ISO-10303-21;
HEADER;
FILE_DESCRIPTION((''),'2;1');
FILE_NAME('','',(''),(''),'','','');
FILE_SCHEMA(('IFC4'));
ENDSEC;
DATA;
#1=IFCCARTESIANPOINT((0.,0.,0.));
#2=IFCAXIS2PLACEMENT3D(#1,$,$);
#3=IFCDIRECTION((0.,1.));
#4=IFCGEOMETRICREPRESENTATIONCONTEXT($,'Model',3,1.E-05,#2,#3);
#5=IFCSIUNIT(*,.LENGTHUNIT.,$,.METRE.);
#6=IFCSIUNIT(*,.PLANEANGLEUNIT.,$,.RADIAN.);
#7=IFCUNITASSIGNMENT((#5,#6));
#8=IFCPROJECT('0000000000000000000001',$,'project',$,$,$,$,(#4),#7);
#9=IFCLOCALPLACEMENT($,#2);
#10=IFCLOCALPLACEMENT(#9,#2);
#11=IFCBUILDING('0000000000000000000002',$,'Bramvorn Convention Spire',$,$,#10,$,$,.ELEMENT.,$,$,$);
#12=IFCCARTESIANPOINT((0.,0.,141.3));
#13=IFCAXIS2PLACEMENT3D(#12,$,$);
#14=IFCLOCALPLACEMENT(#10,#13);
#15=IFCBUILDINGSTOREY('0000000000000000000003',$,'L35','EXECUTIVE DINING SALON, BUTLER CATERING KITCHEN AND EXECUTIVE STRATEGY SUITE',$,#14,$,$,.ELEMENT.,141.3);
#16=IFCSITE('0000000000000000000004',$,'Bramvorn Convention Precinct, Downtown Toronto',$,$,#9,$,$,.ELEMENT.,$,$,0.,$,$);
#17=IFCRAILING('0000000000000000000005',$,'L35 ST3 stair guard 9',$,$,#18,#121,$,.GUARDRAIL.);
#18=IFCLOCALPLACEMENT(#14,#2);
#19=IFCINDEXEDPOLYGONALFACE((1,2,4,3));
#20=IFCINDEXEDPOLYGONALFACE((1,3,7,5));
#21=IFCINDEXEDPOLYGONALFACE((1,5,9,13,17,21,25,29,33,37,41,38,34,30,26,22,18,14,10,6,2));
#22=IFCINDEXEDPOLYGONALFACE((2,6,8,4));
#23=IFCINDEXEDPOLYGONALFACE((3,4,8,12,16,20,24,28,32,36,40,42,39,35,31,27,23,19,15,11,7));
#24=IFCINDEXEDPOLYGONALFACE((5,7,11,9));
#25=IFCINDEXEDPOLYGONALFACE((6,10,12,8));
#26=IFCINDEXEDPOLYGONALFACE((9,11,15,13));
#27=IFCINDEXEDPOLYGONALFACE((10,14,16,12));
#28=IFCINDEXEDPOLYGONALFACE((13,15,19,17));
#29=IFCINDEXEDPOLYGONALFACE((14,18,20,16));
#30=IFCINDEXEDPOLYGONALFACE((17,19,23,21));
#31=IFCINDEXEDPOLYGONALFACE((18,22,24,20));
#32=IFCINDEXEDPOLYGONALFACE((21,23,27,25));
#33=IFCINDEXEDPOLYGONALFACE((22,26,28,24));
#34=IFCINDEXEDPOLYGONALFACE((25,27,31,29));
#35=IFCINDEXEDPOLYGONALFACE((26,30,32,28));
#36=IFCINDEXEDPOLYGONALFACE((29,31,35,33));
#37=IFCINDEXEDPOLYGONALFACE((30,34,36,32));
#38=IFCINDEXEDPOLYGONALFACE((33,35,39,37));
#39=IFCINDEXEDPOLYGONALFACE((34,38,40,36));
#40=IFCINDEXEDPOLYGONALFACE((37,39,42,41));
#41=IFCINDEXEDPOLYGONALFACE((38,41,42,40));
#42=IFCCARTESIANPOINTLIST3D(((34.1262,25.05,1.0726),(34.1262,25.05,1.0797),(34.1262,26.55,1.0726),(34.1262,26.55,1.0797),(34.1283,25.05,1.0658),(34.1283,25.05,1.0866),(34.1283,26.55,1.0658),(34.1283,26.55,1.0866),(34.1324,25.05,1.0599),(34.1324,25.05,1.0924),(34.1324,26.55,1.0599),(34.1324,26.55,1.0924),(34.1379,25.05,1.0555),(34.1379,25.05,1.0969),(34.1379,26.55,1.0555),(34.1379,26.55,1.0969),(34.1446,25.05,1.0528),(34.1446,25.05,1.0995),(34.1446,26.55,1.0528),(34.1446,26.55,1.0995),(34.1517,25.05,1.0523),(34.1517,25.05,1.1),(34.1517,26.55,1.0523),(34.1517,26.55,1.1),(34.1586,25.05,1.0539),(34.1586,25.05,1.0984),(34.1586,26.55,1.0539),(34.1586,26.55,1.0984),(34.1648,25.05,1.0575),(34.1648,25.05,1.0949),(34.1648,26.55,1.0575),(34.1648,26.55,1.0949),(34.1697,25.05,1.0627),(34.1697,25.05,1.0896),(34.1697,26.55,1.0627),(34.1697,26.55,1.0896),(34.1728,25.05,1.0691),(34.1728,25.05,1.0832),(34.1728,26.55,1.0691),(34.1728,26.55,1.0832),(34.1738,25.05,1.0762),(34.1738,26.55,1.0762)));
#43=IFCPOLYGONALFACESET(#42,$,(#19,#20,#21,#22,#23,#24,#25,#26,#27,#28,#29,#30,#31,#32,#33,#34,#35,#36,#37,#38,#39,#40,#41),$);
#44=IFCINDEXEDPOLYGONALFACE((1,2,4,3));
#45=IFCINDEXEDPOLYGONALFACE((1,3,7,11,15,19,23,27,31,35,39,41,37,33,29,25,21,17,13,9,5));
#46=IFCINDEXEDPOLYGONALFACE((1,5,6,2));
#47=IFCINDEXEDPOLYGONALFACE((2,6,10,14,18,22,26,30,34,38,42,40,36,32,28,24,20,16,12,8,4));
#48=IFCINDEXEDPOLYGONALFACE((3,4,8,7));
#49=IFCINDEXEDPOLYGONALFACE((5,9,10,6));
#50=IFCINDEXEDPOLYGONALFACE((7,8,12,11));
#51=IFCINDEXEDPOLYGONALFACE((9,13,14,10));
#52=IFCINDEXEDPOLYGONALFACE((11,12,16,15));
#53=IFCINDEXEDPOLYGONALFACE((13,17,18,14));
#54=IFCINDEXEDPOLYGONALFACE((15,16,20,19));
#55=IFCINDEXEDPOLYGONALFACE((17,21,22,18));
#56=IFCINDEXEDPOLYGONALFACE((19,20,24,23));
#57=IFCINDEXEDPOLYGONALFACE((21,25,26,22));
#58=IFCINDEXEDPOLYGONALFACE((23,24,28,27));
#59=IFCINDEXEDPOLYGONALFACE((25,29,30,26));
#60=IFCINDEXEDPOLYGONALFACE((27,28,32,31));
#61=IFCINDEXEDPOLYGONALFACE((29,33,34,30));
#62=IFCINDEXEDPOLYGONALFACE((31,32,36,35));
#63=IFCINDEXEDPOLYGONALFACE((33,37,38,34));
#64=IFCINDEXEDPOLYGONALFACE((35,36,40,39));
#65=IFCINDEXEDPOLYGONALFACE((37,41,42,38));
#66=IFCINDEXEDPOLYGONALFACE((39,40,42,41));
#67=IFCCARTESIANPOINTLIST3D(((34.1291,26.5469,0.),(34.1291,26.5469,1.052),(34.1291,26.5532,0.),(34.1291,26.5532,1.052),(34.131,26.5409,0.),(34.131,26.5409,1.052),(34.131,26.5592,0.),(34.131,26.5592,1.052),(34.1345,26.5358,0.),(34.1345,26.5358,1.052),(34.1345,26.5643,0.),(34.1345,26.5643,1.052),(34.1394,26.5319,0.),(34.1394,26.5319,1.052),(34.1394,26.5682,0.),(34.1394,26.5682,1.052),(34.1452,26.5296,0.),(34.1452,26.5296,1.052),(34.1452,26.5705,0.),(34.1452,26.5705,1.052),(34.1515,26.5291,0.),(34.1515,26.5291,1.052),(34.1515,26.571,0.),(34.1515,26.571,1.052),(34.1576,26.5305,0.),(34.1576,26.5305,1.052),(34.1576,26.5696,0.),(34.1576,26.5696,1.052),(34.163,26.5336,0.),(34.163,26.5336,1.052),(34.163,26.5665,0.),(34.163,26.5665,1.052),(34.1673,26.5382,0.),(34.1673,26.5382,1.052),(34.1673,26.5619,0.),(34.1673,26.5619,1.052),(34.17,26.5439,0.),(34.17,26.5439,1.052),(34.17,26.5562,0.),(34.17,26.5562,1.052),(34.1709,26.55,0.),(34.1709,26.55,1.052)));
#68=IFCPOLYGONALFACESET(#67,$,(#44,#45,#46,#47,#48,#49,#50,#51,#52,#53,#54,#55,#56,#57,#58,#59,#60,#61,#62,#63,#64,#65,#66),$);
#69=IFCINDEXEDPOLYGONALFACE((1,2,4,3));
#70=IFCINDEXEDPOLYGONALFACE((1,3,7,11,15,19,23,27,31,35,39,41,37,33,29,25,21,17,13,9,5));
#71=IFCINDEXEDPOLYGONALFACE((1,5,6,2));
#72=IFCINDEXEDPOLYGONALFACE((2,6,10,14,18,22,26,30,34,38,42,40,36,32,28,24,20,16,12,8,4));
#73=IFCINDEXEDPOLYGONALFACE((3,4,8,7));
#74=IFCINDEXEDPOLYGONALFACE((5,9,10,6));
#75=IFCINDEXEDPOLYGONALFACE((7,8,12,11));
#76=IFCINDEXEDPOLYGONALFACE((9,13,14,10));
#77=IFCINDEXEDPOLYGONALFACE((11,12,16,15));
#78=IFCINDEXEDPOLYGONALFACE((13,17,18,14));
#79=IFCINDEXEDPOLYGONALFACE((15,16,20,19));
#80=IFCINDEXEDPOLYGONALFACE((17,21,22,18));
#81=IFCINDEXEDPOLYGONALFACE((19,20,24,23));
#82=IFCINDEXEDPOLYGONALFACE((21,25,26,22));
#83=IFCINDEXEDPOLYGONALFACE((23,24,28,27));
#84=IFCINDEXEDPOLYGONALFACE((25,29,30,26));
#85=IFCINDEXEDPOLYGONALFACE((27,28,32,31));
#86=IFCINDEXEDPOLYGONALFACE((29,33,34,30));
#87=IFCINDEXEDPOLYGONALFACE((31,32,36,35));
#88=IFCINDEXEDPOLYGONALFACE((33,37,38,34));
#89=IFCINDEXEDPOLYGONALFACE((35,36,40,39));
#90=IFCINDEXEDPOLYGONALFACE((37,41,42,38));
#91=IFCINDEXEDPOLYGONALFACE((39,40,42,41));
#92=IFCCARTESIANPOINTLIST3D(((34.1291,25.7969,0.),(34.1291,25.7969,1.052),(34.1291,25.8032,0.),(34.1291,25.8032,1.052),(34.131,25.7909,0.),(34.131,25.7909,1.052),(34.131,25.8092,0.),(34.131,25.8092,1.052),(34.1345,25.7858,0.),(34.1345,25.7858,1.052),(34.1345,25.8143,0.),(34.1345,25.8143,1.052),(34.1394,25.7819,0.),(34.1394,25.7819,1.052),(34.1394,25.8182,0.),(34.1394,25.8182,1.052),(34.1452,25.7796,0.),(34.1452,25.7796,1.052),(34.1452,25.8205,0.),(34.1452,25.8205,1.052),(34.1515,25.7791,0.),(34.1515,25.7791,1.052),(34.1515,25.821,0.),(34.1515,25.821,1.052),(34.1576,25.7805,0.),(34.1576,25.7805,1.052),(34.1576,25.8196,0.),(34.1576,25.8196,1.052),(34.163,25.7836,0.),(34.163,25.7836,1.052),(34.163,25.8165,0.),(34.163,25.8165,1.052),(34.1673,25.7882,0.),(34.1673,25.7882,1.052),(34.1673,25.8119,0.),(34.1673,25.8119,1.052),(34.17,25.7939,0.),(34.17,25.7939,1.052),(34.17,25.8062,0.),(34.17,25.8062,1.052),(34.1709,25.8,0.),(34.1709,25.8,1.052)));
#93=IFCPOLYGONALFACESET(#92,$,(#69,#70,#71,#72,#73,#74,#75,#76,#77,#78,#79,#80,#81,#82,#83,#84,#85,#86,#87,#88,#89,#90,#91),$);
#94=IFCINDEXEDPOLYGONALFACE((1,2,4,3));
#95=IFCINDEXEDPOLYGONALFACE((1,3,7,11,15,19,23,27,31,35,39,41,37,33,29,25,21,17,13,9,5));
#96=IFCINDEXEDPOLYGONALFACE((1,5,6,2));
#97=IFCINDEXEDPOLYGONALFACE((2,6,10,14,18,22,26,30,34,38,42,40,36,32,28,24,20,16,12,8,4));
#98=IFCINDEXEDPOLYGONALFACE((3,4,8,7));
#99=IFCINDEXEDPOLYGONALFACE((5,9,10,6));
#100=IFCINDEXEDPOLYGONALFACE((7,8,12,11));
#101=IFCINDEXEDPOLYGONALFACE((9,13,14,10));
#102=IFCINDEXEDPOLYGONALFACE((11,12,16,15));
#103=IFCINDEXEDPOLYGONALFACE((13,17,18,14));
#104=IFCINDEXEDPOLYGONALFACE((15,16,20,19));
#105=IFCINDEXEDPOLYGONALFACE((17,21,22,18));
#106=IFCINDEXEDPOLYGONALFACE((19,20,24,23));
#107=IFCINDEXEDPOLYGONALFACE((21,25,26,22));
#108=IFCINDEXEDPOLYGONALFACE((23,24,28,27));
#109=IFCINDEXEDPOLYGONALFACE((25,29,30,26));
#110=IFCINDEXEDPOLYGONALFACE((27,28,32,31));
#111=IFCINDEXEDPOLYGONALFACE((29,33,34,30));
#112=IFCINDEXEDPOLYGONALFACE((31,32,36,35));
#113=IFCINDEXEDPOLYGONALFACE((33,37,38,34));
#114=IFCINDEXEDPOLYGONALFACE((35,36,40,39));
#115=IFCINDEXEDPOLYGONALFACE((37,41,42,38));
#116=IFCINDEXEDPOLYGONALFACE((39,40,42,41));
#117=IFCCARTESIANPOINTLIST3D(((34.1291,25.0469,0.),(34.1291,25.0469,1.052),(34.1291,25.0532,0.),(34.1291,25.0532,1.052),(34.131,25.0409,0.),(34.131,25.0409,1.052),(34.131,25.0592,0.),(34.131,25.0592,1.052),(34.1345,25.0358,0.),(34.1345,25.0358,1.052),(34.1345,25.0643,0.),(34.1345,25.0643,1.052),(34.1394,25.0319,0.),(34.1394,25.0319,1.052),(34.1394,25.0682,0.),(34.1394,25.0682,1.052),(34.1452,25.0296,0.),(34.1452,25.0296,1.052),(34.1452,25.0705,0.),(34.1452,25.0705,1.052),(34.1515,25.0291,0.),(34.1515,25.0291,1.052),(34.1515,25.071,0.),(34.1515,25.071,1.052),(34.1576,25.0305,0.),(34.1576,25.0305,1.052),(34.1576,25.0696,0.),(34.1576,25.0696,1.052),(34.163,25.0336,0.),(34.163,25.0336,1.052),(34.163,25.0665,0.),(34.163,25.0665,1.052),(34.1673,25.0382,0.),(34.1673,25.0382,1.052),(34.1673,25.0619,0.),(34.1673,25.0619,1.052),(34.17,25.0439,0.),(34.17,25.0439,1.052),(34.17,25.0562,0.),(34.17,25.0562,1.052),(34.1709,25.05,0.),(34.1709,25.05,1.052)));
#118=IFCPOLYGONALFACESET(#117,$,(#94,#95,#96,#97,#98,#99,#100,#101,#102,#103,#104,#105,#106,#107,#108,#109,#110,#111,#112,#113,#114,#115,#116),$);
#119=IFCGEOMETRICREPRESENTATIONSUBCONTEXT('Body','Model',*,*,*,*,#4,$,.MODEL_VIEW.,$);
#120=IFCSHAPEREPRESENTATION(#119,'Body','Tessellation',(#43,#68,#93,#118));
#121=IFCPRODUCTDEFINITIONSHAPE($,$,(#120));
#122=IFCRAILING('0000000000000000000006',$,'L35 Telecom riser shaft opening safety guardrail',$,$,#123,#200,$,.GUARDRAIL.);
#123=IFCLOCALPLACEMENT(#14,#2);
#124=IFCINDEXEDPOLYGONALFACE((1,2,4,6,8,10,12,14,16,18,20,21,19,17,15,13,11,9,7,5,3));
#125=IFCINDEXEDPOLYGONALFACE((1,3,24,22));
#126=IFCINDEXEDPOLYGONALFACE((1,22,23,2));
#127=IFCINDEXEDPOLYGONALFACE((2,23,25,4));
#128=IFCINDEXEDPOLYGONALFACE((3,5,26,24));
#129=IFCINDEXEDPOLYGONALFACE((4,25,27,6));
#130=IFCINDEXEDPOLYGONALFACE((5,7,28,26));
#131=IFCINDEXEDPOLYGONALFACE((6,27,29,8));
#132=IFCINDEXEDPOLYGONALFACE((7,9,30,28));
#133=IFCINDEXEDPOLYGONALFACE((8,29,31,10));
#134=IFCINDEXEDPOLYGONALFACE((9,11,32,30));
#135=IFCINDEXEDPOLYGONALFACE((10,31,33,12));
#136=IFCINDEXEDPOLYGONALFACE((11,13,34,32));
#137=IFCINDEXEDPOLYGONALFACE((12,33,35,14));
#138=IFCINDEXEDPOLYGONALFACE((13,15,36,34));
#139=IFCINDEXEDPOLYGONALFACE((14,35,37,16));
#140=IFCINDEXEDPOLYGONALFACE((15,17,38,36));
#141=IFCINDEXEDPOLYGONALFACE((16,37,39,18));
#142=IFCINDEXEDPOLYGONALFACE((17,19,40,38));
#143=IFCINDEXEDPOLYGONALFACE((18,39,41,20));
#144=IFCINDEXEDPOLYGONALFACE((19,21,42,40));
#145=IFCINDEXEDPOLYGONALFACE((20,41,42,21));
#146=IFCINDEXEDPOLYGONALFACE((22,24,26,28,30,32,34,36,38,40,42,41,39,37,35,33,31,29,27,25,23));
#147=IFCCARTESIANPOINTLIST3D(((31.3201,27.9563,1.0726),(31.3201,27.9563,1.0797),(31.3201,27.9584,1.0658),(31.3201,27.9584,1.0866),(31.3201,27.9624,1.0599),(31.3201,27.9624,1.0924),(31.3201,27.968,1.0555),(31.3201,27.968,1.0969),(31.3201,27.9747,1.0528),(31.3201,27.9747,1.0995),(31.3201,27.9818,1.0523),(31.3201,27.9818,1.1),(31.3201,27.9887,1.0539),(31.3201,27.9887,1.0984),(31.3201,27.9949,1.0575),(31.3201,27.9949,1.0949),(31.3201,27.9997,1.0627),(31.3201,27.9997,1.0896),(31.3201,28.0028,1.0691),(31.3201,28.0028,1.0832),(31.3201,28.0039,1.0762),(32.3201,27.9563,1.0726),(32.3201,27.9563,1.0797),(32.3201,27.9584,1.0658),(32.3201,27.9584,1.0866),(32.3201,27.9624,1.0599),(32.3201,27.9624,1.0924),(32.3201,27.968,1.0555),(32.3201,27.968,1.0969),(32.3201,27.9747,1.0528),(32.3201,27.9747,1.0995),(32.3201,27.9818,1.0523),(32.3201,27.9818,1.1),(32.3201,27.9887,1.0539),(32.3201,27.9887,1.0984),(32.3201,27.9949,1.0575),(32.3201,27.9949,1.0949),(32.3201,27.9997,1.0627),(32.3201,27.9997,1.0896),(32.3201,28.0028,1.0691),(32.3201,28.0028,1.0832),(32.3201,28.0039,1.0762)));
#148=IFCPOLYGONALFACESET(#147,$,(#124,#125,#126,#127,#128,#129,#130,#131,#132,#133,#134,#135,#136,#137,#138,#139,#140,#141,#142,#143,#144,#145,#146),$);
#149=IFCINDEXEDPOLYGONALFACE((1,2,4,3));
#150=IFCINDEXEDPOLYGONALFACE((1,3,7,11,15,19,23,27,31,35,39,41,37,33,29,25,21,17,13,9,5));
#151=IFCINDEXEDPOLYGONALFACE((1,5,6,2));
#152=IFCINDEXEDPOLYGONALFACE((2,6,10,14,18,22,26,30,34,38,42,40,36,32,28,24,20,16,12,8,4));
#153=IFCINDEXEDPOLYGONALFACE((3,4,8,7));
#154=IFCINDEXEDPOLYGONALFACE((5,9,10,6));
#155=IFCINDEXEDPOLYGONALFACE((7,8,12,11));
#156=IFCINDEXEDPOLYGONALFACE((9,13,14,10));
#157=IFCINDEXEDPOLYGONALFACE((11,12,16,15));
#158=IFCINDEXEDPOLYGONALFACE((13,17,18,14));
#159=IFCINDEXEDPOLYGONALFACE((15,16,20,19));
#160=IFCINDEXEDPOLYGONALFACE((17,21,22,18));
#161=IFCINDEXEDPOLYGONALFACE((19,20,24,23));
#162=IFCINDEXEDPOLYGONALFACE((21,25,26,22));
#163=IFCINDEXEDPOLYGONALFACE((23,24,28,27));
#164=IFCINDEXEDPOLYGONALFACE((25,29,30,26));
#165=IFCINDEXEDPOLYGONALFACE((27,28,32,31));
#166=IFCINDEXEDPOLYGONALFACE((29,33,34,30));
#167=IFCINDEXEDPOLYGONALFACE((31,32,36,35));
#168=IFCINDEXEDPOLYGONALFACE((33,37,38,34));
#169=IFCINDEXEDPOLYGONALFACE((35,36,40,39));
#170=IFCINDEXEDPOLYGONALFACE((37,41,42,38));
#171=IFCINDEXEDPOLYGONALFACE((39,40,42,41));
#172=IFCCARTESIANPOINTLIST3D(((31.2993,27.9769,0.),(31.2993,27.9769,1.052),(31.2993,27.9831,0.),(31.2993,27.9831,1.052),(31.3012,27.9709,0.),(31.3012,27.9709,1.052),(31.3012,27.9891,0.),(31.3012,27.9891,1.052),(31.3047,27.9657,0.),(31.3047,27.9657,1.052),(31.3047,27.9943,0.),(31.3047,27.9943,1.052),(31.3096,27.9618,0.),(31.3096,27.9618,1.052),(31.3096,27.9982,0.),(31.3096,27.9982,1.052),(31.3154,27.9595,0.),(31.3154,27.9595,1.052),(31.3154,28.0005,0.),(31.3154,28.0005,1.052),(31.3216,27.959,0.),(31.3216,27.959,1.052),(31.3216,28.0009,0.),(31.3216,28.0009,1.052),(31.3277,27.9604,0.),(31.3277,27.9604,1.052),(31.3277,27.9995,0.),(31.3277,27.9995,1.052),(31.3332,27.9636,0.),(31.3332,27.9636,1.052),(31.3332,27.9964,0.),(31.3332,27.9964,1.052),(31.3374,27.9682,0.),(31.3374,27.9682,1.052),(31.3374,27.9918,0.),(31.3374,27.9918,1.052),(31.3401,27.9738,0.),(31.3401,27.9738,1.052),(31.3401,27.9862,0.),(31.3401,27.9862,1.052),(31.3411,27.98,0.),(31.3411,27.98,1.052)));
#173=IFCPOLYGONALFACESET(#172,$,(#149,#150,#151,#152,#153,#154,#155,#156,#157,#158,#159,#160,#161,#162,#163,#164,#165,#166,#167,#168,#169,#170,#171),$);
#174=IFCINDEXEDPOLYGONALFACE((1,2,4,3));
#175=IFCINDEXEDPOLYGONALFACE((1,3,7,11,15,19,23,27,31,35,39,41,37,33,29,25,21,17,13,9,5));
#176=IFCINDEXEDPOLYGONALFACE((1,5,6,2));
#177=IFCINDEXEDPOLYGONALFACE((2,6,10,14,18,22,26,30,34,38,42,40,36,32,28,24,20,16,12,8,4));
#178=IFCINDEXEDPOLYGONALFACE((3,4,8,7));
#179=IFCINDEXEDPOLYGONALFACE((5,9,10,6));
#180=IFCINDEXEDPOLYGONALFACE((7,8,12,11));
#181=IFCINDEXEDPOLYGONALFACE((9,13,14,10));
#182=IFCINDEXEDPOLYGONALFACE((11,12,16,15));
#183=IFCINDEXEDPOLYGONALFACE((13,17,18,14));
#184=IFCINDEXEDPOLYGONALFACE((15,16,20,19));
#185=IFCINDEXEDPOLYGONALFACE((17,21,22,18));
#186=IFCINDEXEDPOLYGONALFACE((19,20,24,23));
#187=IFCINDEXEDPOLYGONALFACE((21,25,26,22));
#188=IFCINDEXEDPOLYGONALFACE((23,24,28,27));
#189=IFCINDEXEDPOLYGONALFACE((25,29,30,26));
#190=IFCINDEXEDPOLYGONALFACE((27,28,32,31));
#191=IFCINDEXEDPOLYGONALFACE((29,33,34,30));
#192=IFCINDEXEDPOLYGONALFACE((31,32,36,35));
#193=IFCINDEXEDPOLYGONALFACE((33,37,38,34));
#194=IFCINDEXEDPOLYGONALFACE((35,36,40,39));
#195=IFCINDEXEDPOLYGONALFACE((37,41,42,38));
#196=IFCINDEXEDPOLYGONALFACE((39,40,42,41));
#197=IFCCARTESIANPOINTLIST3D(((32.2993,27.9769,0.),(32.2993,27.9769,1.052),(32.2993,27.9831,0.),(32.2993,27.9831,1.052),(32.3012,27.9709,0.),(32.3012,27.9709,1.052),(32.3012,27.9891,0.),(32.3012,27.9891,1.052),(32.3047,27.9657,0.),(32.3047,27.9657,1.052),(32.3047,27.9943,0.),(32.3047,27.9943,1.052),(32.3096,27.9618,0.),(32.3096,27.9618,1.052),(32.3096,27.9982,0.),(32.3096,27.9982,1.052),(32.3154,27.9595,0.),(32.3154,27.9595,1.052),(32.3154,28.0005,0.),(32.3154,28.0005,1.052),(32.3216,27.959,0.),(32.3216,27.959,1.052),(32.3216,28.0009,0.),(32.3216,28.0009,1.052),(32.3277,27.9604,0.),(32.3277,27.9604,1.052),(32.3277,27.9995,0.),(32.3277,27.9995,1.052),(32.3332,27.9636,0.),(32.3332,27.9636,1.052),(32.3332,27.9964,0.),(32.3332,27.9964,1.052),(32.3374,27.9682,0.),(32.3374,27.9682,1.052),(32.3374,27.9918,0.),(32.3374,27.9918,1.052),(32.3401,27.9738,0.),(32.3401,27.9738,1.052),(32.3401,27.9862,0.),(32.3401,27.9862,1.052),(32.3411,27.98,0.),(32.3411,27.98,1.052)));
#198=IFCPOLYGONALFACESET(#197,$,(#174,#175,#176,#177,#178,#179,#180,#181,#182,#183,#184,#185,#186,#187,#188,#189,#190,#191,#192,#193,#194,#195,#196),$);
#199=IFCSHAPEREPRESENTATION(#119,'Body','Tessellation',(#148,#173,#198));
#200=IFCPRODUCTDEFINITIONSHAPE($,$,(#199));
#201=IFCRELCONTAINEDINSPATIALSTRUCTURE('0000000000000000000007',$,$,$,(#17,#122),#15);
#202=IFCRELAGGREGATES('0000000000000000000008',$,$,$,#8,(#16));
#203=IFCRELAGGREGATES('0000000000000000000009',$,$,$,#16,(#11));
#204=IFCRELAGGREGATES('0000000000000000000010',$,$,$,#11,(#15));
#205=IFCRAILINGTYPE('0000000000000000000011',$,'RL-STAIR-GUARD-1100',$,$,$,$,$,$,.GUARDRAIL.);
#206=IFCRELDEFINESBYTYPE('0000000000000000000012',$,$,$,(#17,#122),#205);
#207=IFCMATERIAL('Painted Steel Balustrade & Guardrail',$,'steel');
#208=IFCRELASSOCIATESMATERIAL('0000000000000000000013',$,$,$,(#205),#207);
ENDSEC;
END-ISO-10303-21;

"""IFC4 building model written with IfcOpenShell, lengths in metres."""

from ifc_helpers import new_model, si_unit, direction, frame, origin, origin_2d, place, context, subcontext, project, spatial, circle, extrude, material, type_object, element, save


model = new_model("IFC4")

# Units and contexts
model_context = context("Model", 3, precision=1e-05, world=origin(), true_north=direction((0.0, 1.0)))
body_context = subcontext(model_context, "Body", "Model", "MODEL_VIEW")
ifc_project = project(units=[si_unit("LENGTHUNIT", "METRE"), si_unit("PLANEANGLEUNIT", "RADIAN")], contexts=[model_context])

# Site, building, storey
site_placement = place(None, origin())
site = spatial("IfcSite", under=ifc_project, at=site_placement, Name="Bramvorn Convention Precinct, Downtown Toronto", CompositionType="ELEMENT", RefElevation=0.0)
building_placement = place(site_placement, origin())
building = spatial("IfcBuilding", under=site, at=building_placement, Name="Bramvorn Convention Spire", CompositionType="ELEMENT")
storey_placement = place(building_placement, frame((0.0, 0.0, 141.3)))
storey = spatial("IfcBuildingStorey", under=building, at=storey_placement, Name="L35", Description="EXECUTIVE DINING SALON, BUTLER CATERING KITCHEN AND EXECUTIVE STRATEGY SUITE", CompositionType="ELEMENT", Elevation=141.3)

# Railings
ifc_material_1 = material(Name="Painted Steel Balustrade & Guardrail", Category="steel")
railing_type_1 = type_object("IfcRailingType", Name="RL-STAIR-GUARD-1100", PredefinedType="GUARDRAIL", material=ifc_material_1)
for number, where, name in (
    (1, (34.1499, 26.55, 0.0), "L35 ST3 stair guard 9"),
):
    element("IfcRailing", number, at=place(storey_placement, frame(where)), inside=storey, type_object=railing_type_1, Name=name, PredefinedType="GUARDRAIL", context=body_context, shape_type="SweptSolid", body=[
        extrude(circle(Radius=0.0239, at=origin_2d()), frame((0.0, 0.0, 1.0762), z_axis=(0.0, -1.0, 0.0), x_axis=(1.0, 0.0, 0.0)), (0.0, 0.0, 1.0), 1.5),
        extrude(circle(Radius=0.021, at=origin_2d()), origin(), (0.0, 0.0, 1.0), 1.052),
        extrude(circle(Radius=0.021, at=origin_2d()), frame((0.0, -0.75, 0.0)), (0.0, 0.0, 1.0), 1.052),
        extrude(circle(Radius=0.021, at=origin_2d()), frame((0.0, -1.5, 0.0)), (0.0, 0.0, 1.0), 1.052),
    ])
railing_1_placement = place(storey_placement, frame((31.3201, 27.98, 0.0)))
element("IfcRailing", 2, at=railing_1_placement, inside=storey, type_object=railing_type_1, Name="L35 Telecom riser shaft opening safety guardrail", PredefinedType="GUARDRAIL", context=body_context, shape_type="SweptSolid", body=[
    extrude(circle(Radius=0.0239, at=origin_2d()), frame((0.0, 0.0, 1.0762), z_axis=(1.0, 0.0, 0.0), x_axis=(0.0, 1.0, 0.0)), (0.0, 0.0, 1.0), 1.0),
    extrude(circle(Radius=0.021, at=origin_2d()), origin(), (0.0, 0.0, 1.0), 1.052),
    extrude(circle(Radius=0.021, at=origin_2d()), frame((1.0, 0.0, 0.0)), (0.0, 0.0, 1.0), 1.052),
])

save(model, "model.ifc")
